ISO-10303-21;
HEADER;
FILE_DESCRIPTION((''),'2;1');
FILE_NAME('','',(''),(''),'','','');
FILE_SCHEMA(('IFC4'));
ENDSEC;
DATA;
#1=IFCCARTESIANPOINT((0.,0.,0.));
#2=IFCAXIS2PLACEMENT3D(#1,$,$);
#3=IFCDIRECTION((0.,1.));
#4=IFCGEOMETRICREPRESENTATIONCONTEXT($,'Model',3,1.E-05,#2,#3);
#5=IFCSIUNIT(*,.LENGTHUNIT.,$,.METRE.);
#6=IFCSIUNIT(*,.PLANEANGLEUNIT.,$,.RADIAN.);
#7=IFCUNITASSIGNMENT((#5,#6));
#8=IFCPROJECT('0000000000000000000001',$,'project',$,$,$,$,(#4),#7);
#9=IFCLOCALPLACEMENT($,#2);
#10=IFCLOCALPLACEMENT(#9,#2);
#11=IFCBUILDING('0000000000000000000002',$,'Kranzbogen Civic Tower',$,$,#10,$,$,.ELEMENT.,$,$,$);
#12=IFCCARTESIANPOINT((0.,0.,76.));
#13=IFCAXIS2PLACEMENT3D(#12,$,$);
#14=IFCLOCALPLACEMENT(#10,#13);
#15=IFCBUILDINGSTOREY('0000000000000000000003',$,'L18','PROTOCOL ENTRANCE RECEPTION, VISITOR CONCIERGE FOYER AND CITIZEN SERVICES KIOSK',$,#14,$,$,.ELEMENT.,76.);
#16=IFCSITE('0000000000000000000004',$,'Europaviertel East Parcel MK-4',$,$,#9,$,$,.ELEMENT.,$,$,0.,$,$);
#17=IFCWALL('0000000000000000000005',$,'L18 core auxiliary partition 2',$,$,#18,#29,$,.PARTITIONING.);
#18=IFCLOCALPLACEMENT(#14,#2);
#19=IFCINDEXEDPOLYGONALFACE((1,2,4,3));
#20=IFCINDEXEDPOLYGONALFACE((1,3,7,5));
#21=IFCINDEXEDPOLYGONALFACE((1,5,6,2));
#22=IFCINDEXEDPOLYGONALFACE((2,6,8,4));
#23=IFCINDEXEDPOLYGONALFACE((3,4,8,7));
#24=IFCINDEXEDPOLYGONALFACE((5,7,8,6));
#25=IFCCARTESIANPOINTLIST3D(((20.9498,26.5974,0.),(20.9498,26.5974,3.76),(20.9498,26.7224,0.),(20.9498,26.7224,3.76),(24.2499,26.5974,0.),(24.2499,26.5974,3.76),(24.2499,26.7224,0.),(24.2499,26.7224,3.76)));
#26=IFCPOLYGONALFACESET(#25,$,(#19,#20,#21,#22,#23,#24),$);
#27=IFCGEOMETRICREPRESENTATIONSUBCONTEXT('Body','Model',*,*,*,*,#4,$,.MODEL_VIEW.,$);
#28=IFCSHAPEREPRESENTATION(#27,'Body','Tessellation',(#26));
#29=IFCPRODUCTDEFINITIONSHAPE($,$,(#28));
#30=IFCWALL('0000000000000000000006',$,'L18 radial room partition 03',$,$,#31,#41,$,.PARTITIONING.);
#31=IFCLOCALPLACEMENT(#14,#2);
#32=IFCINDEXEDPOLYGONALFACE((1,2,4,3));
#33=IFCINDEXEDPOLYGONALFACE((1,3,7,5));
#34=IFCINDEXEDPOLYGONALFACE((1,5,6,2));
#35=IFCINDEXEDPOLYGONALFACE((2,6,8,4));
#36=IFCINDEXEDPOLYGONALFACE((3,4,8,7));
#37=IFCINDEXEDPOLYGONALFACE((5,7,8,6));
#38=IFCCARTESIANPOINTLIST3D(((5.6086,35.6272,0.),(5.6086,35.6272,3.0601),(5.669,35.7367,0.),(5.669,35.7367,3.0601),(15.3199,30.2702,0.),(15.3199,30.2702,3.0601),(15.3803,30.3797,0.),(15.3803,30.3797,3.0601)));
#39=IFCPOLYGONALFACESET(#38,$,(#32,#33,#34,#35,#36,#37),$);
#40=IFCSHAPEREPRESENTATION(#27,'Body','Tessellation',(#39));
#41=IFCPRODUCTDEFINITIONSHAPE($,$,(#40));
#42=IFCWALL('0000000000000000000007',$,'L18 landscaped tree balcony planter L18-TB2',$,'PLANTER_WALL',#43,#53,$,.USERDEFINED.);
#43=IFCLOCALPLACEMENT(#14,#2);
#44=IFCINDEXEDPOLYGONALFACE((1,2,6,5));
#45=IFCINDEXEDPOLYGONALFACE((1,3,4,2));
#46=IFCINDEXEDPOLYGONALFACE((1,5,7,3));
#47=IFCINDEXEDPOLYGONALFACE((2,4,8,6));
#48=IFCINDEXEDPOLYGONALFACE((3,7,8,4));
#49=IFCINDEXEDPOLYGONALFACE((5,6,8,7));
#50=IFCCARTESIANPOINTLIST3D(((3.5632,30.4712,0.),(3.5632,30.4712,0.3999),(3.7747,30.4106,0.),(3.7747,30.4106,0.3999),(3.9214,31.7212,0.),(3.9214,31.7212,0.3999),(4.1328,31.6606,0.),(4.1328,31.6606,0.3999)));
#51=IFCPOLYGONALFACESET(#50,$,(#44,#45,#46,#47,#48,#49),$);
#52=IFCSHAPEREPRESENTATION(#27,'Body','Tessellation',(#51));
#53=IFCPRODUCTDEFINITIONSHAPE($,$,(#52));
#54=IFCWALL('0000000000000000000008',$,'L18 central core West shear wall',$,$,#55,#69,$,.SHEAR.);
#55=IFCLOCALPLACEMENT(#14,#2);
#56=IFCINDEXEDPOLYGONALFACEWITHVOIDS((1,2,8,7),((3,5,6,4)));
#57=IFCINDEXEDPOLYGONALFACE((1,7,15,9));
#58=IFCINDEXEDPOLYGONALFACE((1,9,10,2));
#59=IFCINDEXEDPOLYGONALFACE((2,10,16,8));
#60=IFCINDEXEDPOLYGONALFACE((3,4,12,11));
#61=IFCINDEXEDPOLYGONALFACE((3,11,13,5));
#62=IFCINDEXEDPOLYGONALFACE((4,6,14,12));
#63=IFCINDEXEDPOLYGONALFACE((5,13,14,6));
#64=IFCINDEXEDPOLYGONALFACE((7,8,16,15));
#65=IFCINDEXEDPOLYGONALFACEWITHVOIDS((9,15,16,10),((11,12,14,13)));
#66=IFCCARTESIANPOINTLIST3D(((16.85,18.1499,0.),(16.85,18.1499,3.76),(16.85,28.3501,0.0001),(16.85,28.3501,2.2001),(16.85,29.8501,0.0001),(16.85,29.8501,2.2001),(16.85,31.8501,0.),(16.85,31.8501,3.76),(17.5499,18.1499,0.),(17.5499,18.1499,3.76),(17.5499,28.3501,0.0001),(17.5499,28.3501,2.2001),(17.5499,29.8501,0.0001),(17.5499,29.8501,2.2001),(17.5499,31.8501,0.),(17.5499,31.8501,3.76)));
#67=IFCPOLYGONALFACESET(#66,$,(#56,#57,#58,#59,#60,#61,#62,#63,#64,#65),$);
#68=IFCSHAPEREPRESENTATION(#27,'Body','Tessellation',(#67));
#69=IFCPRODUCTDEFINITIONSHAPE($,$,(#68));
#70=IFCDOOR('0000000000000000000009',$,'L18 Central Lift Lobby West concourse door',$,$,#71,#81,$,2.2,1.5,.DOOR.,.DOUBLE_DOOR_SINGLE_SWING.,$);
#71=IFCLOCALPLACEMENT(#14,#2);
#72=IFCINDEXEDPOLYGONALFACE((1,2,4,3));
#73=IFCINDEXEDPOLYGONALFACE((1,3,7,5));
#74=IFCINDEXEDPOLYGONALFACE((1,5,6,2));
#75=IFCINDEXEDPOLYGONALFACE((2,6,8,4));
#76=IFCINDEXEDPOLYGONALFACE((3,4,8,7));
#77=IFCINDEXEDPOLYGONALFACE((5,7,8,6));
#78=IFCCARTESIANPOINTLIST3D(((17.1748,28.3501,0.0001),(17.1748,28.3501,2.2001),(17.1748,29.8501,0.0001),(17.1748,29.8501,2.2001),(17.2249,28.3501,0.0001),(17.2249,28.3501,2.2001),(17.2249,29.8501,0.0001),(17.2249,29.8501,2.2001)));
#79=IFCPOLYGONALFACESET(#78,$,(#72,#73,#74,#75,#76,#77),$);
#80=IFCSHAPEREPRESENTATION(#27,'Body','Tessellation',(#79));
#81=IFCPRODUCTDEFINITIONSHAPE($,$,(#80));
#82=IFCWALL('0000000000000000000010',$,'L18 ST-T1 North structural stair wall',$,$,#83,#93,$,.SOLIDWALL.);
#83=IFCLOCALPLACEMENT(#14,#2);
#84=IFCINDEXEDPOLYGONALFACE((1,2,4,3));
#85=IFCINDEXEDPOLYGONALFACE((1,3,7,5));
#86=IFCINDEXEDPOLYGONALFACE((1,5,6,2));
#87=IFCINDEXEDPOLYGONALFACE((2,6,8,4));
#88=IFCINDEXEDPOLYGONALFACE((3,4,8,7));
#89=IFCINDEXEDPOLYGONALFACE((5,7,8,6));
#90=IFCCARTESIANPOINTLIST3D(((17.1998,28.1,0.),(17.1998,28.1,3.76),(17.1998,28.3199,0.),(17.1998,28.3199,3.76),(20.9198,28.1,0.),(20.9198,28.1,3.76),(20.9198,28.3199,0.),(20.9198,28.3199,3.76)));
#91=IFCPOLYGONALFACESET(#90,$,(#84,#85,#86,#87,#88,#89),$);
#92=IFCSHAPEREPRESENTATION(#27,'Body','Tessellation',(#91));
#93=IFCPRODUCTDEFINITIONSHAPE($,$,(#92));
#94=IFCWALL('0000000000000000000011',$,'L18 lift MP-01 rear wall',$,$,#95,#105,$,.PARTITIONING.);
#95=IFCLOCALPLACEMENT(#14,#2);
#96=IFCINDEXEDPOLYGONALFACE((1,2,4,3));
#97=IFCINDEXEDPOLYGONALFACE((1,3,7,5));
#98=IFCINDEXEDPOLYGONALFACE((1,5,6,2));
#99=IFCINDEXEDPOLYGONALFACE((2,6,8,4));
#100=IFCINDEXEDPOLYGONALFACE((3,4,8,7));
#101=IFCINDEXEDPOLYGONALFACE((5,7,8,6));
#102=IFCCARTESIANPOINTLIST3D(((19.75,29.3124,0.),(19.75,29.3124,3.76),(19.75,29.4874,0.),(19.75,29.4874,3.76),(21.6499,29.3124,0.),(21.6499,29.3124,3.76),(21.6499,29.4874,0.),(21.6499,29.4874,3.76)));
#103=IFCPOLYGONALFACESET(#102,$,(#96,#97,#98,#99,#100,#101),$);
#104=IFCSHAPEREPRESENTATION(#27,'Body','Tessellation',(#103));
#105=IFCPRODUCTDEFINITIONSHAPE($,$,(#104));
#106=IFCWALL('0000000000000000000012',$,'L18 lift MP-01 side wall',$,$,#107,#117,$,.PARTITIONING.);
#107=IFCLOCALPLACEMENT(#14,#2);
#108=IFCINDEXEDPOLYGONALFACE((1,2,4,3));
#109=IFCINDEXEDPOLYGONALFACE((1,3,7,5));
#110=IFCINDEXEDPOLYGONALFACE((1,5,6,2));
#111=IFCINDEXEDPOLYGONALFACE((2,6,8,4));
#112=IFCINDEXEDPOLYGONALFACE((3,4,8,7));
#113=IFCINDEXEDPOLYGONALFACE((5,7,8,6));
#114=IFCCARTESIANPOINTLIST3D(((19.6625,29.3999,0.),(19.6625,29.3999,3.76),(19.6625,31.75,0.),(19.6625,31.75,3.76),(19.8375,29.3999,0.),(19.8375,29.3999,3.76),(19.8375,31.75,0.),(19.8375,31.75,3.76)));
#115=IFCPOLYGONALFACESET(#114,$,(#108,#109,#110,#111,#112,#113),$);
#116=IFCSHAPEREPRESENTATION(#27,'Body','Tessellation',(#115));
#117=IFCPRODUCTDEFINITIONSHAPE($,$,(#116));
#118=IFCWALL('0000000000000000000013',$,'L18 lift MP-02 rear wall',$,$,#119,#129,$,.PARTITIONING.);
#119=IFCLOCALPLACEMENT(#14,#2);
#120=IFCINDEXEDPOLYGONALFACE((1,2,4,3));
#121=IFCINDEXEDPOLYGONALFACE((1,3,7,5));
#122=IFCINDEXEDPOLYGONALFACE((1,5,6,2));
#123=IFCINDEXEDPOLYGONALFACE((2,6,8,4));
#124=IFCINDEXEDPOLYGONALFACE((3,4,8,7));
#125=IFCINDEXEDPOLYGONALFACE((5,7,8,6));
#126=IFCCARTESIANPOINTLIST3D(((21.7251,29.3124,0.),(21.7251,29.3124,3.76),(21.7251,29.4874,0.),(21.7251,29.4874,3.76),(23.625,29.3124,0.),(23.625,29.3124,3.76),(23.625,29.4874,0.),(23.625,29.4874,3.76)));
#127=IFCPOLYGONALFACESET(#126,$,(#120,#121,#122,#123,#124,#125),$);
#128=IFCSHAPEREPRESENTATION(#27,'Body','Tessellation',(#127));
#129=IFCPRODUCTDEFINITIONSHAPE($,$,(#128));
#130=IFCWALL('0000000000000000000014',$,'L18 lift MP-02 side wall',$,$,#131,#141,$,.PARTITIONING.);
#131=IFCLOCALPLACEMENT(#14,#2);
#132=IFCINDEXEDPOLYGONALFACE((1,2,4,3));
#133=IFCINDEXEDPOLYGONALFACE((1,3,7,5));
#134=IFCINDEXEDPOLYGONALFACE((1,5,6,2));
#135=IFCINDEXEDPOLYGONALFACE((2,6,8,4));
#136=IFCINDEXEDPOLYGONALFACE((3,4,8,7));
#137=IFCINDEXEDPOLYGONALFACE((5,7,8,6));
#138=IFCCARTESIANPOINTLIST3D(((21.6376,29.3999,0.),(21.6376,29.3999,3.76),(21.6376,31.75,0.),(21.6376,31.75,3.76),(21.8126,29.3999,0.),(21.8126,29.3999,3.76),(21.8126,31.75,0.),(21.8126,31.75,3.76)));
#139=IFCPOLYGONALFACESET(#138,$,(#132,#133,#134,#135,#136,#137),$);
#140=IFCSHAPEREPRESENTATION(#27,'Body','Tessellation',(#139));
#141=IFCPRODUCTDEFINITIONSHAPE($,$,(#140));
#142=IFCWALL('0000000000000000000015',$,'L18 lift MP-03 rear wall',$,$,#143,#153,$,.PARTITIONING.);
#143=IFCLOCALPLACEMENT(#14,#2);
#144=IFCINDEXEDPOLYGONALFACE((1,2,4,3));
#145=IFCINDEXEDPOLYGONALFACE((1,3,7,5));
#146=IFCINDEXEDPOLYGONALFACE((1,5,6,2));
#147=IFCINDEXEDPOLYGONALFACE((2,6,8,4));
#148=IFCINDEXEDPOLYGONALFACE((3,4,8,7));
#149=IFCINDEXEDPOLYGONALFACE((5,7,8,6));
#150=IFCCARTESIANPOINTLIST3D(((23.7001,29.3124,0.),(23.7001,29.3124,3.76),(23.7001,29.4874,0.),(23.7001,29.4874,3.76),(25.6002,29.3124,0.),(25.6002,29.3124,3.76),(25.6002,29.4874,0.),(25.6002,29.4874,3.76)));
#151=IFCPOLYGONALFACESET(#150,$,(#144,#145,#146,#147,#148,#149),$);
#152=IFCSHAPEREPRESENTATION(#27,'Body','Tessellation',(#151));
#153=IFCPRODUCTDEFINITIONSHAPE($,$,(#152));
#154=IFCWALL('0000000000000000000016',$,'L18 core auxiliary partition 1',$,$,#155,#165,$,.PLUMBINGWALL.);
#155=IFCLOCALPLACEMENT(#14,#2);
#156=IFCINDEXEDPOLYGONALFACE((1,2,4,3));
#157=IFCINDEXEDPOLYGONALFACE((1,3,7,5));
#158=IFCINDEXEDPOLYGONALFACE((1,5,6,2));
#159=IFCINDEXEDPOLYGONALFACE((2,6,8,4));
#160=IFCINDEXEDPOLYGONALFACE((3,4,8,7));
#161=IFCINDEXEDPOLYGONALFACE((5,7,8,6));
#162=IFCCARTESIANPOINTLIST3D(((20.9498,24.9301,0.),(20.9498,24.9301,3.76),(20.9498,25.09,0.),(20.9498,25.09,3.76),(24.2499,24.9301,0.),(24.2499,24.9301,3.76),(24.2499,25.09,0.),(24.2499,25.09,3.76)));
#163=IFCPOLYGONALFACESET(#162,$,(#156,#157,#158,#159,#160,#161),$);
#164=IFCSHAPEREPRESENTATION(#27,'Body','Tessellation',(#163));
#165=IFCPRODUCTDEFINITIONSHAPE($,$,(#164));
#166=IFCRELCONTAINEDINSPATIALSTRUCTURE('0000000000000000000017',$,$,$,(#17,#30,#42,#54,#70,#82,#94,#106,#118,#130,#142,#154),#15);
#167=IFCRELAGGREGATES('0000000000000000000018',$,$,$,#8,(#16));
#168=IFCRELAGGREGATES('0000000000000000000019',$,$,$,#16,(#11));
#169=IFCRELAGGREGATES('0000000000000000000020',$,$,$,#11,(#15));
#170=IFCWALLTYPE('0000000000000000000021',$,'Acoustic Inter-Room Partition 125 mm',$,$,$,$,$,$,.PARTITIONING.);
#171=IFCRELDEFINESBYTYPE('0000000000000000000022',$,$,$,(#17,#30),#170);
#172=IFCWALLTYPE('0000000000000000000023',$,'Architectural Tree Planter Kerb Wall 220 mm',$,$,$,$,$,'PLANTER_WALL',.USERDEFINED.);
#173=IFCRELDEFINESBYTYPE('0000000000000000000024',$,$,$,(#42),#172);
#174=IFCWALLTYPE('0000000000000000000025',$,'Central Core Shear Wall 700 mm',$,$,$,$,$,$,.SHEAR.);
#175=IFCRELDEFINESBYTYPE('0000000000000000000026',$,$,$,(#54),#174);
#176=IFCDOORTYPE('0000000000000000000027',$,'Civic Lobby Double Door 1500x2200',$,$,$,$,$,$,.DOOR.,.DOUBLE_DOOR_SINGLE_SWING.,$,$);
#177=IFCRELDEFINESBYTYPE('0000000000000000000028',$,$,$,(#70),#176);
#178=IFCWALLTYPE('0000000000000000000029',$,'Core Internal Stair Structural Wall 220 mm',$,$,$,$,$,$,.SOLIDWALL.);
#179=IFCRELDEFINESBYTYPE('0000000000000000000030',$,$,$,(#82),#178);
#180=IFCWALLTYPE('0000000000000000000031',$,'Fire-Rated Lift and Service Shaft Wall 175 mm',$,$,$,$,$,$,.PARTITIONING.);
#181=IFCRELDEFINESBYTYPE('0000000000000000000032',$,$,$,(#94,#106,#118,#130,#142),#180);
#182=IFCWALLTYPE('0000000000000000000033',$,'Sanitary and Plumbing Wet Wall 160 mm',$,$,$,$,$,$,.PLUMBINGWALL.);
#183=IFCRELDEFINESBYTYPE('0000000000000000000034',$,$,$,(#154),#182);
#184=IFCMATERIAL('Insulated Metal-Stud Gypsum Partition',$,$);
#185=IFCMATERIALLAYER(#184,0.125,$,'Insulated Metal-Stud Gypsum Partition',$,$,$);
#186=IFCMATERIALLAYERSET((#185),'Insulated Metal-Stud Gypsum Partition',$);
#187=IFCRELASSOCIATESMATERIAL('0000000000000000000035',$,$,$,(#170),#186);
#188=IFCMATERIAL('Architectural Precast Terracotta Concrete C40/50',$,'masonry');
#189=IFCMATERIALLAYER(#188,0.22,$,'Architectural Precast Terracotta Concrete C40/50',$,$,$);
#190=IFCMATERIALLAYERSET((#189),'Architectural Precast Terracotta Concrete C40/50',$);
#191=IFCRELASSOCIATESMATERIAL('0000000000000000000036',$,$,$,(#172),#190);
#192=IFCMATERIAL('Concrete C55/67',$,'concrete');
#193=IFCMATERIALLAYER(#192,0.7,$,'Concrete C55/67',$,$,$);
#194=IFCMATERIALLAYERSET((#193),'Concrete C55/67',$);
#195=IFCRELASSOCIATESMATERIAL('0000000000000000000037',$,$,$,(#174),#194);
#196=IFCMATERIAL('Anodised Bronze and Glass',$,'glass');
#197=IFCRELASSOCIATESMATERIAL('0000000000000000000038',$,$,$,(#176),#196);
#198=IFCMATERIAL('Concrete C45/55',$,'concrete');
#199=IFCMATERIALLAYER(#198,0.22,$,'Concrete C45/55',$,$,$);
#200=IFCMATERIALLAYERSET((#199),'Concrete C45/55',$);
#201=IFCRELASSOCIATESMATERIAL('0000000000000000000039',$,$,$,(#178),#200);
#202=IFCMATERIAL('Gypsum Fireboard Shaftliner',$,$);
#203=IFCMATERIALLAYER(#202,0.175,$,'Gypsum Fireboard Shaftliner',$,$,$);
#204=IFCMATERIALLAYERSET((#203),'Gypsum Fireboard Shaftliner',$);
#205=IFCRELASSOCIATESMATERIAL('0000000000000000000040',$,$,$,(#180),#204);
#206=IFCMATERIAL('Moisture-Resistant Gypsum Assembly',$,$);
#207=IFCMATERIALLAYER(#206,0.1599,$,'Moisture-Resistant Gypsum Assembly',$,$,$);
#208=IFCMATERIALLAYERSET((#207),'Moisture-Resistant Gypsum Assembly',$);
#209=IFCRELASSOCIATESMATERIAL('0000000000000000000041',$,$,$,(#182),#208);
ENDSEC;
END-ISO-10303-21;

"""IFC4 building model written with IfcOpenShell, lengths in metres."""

from ifc_helpers import new_model, si_unit, direction, frame, frame_2d, origin, place, context, subcontext, project, spatial, rectangle, extrude, material, layer, layer_set, type_object, element, fill, save


model = new_model("IFC4")

# Units and contexts
model_context = context("Model", 3, precision=1e-05, world=origin(), true_north=direction((0.0, 1.0)))
body_context = subcontext(model_context, "Body", "Model", "MODEL_VIEW")
ifc_project = project(units=[si_unit("LENGTHUNIT", "METRE"), si_unit("PLANEANGLEUNIT", "RADIAN")], contexts=[model_context])

# Site, building, storey
site_placement = place(None, origin())
site = spatial("IfcSite", under=ifc_project, at=site_placement, Name="Europaviertel East Parcel MK-4", CompositionType="ELEMENT", RefElevation=0.0)
building_placement = place(site_placement, origin())
building = spatial("IfcBuilding", under=site, at=building_placement, Name="Kranzbogen Civic Tower", CompositionType="ELEMENT")
storey_placement = place(building_placement, frame((0.0, 0.0, 76.0)))
storey = spatial("IfcBuildingStorey", under=building, at=storey_placement, Name="L18", Description="PROTOCOL ENTRANCE RECEPTION, VISITOR CONCIERGE FOYER AND CITIZEN SERVICES KIOSK", CompositionType="ELEMENT", Elevation=76.0)

# Walls
ifc_material_1 = material(Name="Insulated Metal-Stud Gypsum Partition")
ifc_layer_1 = layer(ifc_material_1, 0.125, Name="Insulated Metal-Stud Gypsum Partition")
ifc_layer_set_1 = layer_set([ifc_layer_1], Name="Insulated Metal-Stud Gypsum Partition")
wall_type_1 = type_object("IfcWallType", Name="Acoustic Inter-Room Partition 125 mm", PredefinedType="PARTITIONING", material=ifc_layer_set_1)
wall_1_placement = place(storey_placement, frame((20.95, 26.6599, 0.0), z_axis=(0.0, 0.0, 1.0), x_axis=(1.0, 0.0, 0.0)))
element("IfcWall", 1, at=wall_1_placement, inside=storey, type_object=wall_type_1, Name="L18 core auxiliary partition 2", PredefinedType="PARTITIONING", context=body_context, shape_type="SweptSolid", body=[
    extrude(rectangle(XDim=3.3, YDim=0.125, at=frame_2d((1.6499, 0.0))), origin(), (0.0, 0.0, 1.0), 3.76),
])
wall_2_placement = place(storey_placement, frame((15.3501, 30.325, 0.0), z_axis=(0.0, 0.0, 1.0), x_axis=(-0.875614, 0.483011, 0.0)))
element("IfcWall", 2, at=wall_2_placement, inside=storey, type_object=wall_type_1, Name="L18 radial room partition 03", PredefinedType="PARTITIONING", context=body_context, shape_type="SweptSolid", body=[
    extrude(rectangle(XDim=11.0908, YDim=0.125, at=frame_2d((5.5454, 0.0))), origin(), (0.0, 0.0, 1.0), 3.0601),
])
ifc_material_2 = material(Name="Architectural Precast Terracotta Concrete C40/50", Category="masonry")
ifc_layer_2 = layer(ifc_material_2, 0.22, Name="Architectural Precast Terracotta Concrete C40/50")
ifc_layer_set_2 = layer_set([ifc_layer_2], Name="Architectural Precast Terracotta Concrete C40/50")
wall_type_2 = type_object("IfcWallType", Name="Architectural Tree Planter Kerb Wall 220 mm", ElementType="PLANTER_WALL", PredefinedType="USERDEFINED", material=ifc_layer_set_2)
wall_3_placement = place(storey_placement, frame((4.0271, 31.6909, 0.0), z_axis=(0.0, 0.0, 1.0), x_axis=(-0.27544, -0.961318, 0.0)))
element("IfcWall", 3, at=wall_3_placement, inside=storey, type_object=wall_type_2, Name="L18 landscaped tree balcony planter L18-TB2", ObjectType="PLANTER_WALL", PredefinedType="USERDEFINED", context=body_context, shape_type="SweptSolid", body=[
    extrude(rectangle(XDim=1.3003, YDim=0.22, at=frame_2d((0.6501, 0.0))), origin(), (0.0, 0.0, 1.0), 0.3999),
])

# Wall, opening, door
ifc_material_3 = material(Name="Concrete C55/67", Category="concrete")
ifc_layer_3 = layer(ifc_material_3, 0.7, Name="Concrete C55/67")
ifc_layer_set_3 = layer_set([ifc_layer_3], Name="Concrete C55/67")
wall_type_3 = type_object("IfcWallType", Name="Central Core Shear Wall 700 mm", PredefinedType="SHEAR", material=ifc_layer_set_3)
wall_4_placement = place(storey_placement, frame((17.2, 31.8501, 0.0), z_axis=(0.0, 0.0, 1.0), x_axis=(0.0, -1.0, 0.0)))
wall_4 = element("IfcWall", 4, at=wall_4_placement, inside=storey, type_object=wall_type_3, Name="L18 central core West shear wall", PredefinedType="SHEAR", context=body_context, shape_type="SweptSolid", body=[
    extrude(rectangle(XDim=13.7002, YDim=0.7, at=frame_2d((6.8501, 0.0))), origin(), (0.0, 0.0, 1.0), 3.76),
])
opening_placement = place(wall_4_placement, frame((2.0, 0.0, 0.0)))
opening = element("IfcOpeningElement", 5, at=opening_placement, cuts=wall_4, PredefinedType="OPENING", context=body_context, shape_type="SweptSolid", body=[
    extrude(rectangle(XDim=1.5, YDim=2.2, at=frame_2d((0.75, 1.1001))), frame((0.0, 0.3599, 0.0), z_axis=(0.0, -1.0, 0.0), x_axis=(1.0, 0.0, 0.0)), (0.0, 0.0, 1.0), 0.72),
])
ifc_material_4 = material(Name="Anodised Bronze and Glass", Category="glass")
door_type = type_object("IfcDoorType", Name="Civic Lobby Double Door 1500x2200", OperationType="DOUBLE_DOOR_SINGLE_SWING", PredefinedType="DOOR", material=ifc_material_4)
door_placement = place(opening_placement, origin())
door = element("IfcDoor", 6, at=door_placement, inside=storey, type_object=door_type, Name="L18 Central Lift Lobby West concourse door", OperationType="DOUBLE_DOOR_SINGLE_SWING", OverallHeight=2.2, OverallWidth=1.5, PredefinedType="DOOR", context=body_context, shape_type="SweptSolid", body=[
    extrude(rectangle(XDim=1.5, YDim=2.2, at=frame_2d((0.75, 1.1001))), frame((0.0, 0.0249, 0.0), z_axis=(0.0, -1.0, 0.0), x_axis=(1.0, 0.0, 0.0)), (0.0, 0.0, 1.0), 0.05),
])
fill(opening, door)

# Walls
ifc_material_5 = material(Name="Concrete C45/55", Category="concrete")
ifc_layer_4 = layer(ifc_material_5, 0.22, Name="Concrete C45/55")
ifc_layer_set_4 = layer_set([ifc_layer_4], Name="Concrete C45/55")
wall_type_4 = type_object("IfcWallType", Name="Core Internal Stair Structural Wall 220 mm", PredefinedType="SOLIDWALL", material=ifc_layer_set_4)
wall_5_placement = place(storey_placement, frame((17.2, 28.21, 0.0), z_axis=(0.0, 0.0, 1.0), x_axis=(1.0, 0.0, 0.0)))
element("IfcWall", 7, at=wall_5_placement, inside=storey, type_object=wall_type_4, Name="L18 ST-T1 North structural stair wall", PredefinedType="SOLIDWALL", context=body_context, shape_type="SweptSolid", body=[
    extrude(rectangle(XDim=3.72, YDim=0.22, at=frame_2d((1.8599, 0.0))), origin(), (0.0, 0.0, 1.0), 3.76),
])
ifc_material_6 = material(Name="Gypsum Fireboard Shaftliner")
ifc_layer_5 = layer(ifc_material_6, 0.175, Name="Gypsum Fireboard Shaftliner")
ifc_layer_set_5 = layer_set([ifc_layer_5], Name="Gypsum Fireboard Shaftliner")
wall_type_5 = type_object("IfcWallType", Name="Fire-Rated Lift and Service Shaft Wall 175 mm", PredefinedType="PARTITIONING", material=ifc_layer_set_5)
wall_6_placement = place(storey_placement, frame((19.75, 29.3999, 0.0), z_axis=(0.0, 0.0, 1.0), x_axis=(1.0, 0.0, 0.0)))
element("IfcWall", 8, at=wall_6_placement, inside=storey, type_object=wall_type_5, Name="L18 lift MP-01 rear wall", PredefinedType="PARTITIONING", context=body_context, shape_type="SweptSolid", body=[
    extrude(rectangle(XDim=1.8999, YDim=0.175, at=frame_2d((0.95, 0.0))), origin(), (0.0, 0.0, 1.0), 3.76),
])
wall_7_placement = place(storey_placement, frame((19.75, 29.3999, 0.0), z_axis=(0.0, 0.0, 1.0), x_axis=(0.0, 1.0, 0.0)))
element("IfcWall", 9, at=wall_7_placement, inside=storey, type_object=wall_type_5, Name="L18 lift MP-01 side wall", PredefinedType="PARTITIONING", context=body_context, shape_type="SweptSolid", body=[
    extrude(rectangle(XDim=2.3501, YDim=0.175, at=frame_2d((1.175, 0.0))), origin(), (0.0, 0.0, 1.0), 3.76),
])
wall_8_placement = place(storey_placement, frame((21.7251, 29.3999, 0.0), z_axis=(0.0, 0.0, 1.0), x_axis=(1.0, 0.0, 0.0)))
element("IfcWall", 10, at=wall_8_placement, inside=storey, type_object=wall_type_5, Name="L18 lift MP-02 rear wall", PredefinedType="PARTITIONING", context=body_context, shape_type="SweptSolid", body=[
    extrude(rectangle(XDim=1.8999, YDim=0.175, at=frame_2d((0.95, 0.0))), origin(), (0.0, 0.0, 1.0), 3.76),
])
wall_9_placement = place(storey_placement, frame((21.7251, 29.3999, 0.0), z_axis=(0.0, 0.0, 1.0), x_axis=(0.0, 1.0, 0.0)))
element("IfcWall", 11, at=wall_9_placement, inside=storey, type_object=wall_type_5, Name="L18 lift MP-02 side wall", PredefinedType="PARTITIONING", context=body_context, shape_type="SweptSolid", body=[
    extrude(rectangle(XDim=2.3501, YDim=0.175, at=frame_2d((1.175, 0.0))), origin(), (0.0, 0.0, 1.0), 3.76),
])
wall_10_placement = place(storey_placement, frame((23.7, 29.3999, 0.0), z_axis=(0.0, 0.0, 1.0), x_axis=(1.0, 0.0, 0.0)))
element("IfcWall", 12, at=wall_10_placement, inside=storey, type_object=wall_type_5, Name="L18 lift MP-03 rear wall", PredefinedType="PARTITIONING", context=body_context, shape_type="SweptSolid", body=[
    extrude(rectangle(XDim=1.9001, YDim=0.175, at=frame_2d((0.9502, 0.0))), origin(), (0.0, 0.0, 1.0), 3.76),
])
ifc_material_7 = material(Name="Moisture-Resistant Gypsum Assembly")
ifc_layer_6 = layer(ifc_material_7, 0.1599, Name="Moisture-Resistant Gypsum Assembly")
ifc_layer_set_6 = layer_set([ifc_layer_6], Name="Moisture-Resistant Gypsum Assembly")
wall_type_6 = type_object("IfcWallType", Name="Sanitary and Plumbing Wet Wall 160 mm", PredefinedType="PLUMBINGWALL", material=ifc_layer_set_6)
wall_11_placement = place(storey_placement, frame((20.95, 25.01, 0.0), z_axis=(0.0, 0.0, 1.0), x_axis=(1.0, 0.0, 0.0)))
element("IfcWall", 13, at=wall_11_placement, inside=storey, type_object=wall_type_6, Name="L18 core auxiliary partition 1", PredefinedType="PLUMBINGWALL", context=body_context, shape_type="SweptSolid", body=[
    extrude(rectangle(XDim=3.3, YDim=0.1599, at=frame_2d((1.6499, 0.0))), origin(), (0.0, 0.0, 1.0), 3.76),
])

save(model, "model.ifc")
